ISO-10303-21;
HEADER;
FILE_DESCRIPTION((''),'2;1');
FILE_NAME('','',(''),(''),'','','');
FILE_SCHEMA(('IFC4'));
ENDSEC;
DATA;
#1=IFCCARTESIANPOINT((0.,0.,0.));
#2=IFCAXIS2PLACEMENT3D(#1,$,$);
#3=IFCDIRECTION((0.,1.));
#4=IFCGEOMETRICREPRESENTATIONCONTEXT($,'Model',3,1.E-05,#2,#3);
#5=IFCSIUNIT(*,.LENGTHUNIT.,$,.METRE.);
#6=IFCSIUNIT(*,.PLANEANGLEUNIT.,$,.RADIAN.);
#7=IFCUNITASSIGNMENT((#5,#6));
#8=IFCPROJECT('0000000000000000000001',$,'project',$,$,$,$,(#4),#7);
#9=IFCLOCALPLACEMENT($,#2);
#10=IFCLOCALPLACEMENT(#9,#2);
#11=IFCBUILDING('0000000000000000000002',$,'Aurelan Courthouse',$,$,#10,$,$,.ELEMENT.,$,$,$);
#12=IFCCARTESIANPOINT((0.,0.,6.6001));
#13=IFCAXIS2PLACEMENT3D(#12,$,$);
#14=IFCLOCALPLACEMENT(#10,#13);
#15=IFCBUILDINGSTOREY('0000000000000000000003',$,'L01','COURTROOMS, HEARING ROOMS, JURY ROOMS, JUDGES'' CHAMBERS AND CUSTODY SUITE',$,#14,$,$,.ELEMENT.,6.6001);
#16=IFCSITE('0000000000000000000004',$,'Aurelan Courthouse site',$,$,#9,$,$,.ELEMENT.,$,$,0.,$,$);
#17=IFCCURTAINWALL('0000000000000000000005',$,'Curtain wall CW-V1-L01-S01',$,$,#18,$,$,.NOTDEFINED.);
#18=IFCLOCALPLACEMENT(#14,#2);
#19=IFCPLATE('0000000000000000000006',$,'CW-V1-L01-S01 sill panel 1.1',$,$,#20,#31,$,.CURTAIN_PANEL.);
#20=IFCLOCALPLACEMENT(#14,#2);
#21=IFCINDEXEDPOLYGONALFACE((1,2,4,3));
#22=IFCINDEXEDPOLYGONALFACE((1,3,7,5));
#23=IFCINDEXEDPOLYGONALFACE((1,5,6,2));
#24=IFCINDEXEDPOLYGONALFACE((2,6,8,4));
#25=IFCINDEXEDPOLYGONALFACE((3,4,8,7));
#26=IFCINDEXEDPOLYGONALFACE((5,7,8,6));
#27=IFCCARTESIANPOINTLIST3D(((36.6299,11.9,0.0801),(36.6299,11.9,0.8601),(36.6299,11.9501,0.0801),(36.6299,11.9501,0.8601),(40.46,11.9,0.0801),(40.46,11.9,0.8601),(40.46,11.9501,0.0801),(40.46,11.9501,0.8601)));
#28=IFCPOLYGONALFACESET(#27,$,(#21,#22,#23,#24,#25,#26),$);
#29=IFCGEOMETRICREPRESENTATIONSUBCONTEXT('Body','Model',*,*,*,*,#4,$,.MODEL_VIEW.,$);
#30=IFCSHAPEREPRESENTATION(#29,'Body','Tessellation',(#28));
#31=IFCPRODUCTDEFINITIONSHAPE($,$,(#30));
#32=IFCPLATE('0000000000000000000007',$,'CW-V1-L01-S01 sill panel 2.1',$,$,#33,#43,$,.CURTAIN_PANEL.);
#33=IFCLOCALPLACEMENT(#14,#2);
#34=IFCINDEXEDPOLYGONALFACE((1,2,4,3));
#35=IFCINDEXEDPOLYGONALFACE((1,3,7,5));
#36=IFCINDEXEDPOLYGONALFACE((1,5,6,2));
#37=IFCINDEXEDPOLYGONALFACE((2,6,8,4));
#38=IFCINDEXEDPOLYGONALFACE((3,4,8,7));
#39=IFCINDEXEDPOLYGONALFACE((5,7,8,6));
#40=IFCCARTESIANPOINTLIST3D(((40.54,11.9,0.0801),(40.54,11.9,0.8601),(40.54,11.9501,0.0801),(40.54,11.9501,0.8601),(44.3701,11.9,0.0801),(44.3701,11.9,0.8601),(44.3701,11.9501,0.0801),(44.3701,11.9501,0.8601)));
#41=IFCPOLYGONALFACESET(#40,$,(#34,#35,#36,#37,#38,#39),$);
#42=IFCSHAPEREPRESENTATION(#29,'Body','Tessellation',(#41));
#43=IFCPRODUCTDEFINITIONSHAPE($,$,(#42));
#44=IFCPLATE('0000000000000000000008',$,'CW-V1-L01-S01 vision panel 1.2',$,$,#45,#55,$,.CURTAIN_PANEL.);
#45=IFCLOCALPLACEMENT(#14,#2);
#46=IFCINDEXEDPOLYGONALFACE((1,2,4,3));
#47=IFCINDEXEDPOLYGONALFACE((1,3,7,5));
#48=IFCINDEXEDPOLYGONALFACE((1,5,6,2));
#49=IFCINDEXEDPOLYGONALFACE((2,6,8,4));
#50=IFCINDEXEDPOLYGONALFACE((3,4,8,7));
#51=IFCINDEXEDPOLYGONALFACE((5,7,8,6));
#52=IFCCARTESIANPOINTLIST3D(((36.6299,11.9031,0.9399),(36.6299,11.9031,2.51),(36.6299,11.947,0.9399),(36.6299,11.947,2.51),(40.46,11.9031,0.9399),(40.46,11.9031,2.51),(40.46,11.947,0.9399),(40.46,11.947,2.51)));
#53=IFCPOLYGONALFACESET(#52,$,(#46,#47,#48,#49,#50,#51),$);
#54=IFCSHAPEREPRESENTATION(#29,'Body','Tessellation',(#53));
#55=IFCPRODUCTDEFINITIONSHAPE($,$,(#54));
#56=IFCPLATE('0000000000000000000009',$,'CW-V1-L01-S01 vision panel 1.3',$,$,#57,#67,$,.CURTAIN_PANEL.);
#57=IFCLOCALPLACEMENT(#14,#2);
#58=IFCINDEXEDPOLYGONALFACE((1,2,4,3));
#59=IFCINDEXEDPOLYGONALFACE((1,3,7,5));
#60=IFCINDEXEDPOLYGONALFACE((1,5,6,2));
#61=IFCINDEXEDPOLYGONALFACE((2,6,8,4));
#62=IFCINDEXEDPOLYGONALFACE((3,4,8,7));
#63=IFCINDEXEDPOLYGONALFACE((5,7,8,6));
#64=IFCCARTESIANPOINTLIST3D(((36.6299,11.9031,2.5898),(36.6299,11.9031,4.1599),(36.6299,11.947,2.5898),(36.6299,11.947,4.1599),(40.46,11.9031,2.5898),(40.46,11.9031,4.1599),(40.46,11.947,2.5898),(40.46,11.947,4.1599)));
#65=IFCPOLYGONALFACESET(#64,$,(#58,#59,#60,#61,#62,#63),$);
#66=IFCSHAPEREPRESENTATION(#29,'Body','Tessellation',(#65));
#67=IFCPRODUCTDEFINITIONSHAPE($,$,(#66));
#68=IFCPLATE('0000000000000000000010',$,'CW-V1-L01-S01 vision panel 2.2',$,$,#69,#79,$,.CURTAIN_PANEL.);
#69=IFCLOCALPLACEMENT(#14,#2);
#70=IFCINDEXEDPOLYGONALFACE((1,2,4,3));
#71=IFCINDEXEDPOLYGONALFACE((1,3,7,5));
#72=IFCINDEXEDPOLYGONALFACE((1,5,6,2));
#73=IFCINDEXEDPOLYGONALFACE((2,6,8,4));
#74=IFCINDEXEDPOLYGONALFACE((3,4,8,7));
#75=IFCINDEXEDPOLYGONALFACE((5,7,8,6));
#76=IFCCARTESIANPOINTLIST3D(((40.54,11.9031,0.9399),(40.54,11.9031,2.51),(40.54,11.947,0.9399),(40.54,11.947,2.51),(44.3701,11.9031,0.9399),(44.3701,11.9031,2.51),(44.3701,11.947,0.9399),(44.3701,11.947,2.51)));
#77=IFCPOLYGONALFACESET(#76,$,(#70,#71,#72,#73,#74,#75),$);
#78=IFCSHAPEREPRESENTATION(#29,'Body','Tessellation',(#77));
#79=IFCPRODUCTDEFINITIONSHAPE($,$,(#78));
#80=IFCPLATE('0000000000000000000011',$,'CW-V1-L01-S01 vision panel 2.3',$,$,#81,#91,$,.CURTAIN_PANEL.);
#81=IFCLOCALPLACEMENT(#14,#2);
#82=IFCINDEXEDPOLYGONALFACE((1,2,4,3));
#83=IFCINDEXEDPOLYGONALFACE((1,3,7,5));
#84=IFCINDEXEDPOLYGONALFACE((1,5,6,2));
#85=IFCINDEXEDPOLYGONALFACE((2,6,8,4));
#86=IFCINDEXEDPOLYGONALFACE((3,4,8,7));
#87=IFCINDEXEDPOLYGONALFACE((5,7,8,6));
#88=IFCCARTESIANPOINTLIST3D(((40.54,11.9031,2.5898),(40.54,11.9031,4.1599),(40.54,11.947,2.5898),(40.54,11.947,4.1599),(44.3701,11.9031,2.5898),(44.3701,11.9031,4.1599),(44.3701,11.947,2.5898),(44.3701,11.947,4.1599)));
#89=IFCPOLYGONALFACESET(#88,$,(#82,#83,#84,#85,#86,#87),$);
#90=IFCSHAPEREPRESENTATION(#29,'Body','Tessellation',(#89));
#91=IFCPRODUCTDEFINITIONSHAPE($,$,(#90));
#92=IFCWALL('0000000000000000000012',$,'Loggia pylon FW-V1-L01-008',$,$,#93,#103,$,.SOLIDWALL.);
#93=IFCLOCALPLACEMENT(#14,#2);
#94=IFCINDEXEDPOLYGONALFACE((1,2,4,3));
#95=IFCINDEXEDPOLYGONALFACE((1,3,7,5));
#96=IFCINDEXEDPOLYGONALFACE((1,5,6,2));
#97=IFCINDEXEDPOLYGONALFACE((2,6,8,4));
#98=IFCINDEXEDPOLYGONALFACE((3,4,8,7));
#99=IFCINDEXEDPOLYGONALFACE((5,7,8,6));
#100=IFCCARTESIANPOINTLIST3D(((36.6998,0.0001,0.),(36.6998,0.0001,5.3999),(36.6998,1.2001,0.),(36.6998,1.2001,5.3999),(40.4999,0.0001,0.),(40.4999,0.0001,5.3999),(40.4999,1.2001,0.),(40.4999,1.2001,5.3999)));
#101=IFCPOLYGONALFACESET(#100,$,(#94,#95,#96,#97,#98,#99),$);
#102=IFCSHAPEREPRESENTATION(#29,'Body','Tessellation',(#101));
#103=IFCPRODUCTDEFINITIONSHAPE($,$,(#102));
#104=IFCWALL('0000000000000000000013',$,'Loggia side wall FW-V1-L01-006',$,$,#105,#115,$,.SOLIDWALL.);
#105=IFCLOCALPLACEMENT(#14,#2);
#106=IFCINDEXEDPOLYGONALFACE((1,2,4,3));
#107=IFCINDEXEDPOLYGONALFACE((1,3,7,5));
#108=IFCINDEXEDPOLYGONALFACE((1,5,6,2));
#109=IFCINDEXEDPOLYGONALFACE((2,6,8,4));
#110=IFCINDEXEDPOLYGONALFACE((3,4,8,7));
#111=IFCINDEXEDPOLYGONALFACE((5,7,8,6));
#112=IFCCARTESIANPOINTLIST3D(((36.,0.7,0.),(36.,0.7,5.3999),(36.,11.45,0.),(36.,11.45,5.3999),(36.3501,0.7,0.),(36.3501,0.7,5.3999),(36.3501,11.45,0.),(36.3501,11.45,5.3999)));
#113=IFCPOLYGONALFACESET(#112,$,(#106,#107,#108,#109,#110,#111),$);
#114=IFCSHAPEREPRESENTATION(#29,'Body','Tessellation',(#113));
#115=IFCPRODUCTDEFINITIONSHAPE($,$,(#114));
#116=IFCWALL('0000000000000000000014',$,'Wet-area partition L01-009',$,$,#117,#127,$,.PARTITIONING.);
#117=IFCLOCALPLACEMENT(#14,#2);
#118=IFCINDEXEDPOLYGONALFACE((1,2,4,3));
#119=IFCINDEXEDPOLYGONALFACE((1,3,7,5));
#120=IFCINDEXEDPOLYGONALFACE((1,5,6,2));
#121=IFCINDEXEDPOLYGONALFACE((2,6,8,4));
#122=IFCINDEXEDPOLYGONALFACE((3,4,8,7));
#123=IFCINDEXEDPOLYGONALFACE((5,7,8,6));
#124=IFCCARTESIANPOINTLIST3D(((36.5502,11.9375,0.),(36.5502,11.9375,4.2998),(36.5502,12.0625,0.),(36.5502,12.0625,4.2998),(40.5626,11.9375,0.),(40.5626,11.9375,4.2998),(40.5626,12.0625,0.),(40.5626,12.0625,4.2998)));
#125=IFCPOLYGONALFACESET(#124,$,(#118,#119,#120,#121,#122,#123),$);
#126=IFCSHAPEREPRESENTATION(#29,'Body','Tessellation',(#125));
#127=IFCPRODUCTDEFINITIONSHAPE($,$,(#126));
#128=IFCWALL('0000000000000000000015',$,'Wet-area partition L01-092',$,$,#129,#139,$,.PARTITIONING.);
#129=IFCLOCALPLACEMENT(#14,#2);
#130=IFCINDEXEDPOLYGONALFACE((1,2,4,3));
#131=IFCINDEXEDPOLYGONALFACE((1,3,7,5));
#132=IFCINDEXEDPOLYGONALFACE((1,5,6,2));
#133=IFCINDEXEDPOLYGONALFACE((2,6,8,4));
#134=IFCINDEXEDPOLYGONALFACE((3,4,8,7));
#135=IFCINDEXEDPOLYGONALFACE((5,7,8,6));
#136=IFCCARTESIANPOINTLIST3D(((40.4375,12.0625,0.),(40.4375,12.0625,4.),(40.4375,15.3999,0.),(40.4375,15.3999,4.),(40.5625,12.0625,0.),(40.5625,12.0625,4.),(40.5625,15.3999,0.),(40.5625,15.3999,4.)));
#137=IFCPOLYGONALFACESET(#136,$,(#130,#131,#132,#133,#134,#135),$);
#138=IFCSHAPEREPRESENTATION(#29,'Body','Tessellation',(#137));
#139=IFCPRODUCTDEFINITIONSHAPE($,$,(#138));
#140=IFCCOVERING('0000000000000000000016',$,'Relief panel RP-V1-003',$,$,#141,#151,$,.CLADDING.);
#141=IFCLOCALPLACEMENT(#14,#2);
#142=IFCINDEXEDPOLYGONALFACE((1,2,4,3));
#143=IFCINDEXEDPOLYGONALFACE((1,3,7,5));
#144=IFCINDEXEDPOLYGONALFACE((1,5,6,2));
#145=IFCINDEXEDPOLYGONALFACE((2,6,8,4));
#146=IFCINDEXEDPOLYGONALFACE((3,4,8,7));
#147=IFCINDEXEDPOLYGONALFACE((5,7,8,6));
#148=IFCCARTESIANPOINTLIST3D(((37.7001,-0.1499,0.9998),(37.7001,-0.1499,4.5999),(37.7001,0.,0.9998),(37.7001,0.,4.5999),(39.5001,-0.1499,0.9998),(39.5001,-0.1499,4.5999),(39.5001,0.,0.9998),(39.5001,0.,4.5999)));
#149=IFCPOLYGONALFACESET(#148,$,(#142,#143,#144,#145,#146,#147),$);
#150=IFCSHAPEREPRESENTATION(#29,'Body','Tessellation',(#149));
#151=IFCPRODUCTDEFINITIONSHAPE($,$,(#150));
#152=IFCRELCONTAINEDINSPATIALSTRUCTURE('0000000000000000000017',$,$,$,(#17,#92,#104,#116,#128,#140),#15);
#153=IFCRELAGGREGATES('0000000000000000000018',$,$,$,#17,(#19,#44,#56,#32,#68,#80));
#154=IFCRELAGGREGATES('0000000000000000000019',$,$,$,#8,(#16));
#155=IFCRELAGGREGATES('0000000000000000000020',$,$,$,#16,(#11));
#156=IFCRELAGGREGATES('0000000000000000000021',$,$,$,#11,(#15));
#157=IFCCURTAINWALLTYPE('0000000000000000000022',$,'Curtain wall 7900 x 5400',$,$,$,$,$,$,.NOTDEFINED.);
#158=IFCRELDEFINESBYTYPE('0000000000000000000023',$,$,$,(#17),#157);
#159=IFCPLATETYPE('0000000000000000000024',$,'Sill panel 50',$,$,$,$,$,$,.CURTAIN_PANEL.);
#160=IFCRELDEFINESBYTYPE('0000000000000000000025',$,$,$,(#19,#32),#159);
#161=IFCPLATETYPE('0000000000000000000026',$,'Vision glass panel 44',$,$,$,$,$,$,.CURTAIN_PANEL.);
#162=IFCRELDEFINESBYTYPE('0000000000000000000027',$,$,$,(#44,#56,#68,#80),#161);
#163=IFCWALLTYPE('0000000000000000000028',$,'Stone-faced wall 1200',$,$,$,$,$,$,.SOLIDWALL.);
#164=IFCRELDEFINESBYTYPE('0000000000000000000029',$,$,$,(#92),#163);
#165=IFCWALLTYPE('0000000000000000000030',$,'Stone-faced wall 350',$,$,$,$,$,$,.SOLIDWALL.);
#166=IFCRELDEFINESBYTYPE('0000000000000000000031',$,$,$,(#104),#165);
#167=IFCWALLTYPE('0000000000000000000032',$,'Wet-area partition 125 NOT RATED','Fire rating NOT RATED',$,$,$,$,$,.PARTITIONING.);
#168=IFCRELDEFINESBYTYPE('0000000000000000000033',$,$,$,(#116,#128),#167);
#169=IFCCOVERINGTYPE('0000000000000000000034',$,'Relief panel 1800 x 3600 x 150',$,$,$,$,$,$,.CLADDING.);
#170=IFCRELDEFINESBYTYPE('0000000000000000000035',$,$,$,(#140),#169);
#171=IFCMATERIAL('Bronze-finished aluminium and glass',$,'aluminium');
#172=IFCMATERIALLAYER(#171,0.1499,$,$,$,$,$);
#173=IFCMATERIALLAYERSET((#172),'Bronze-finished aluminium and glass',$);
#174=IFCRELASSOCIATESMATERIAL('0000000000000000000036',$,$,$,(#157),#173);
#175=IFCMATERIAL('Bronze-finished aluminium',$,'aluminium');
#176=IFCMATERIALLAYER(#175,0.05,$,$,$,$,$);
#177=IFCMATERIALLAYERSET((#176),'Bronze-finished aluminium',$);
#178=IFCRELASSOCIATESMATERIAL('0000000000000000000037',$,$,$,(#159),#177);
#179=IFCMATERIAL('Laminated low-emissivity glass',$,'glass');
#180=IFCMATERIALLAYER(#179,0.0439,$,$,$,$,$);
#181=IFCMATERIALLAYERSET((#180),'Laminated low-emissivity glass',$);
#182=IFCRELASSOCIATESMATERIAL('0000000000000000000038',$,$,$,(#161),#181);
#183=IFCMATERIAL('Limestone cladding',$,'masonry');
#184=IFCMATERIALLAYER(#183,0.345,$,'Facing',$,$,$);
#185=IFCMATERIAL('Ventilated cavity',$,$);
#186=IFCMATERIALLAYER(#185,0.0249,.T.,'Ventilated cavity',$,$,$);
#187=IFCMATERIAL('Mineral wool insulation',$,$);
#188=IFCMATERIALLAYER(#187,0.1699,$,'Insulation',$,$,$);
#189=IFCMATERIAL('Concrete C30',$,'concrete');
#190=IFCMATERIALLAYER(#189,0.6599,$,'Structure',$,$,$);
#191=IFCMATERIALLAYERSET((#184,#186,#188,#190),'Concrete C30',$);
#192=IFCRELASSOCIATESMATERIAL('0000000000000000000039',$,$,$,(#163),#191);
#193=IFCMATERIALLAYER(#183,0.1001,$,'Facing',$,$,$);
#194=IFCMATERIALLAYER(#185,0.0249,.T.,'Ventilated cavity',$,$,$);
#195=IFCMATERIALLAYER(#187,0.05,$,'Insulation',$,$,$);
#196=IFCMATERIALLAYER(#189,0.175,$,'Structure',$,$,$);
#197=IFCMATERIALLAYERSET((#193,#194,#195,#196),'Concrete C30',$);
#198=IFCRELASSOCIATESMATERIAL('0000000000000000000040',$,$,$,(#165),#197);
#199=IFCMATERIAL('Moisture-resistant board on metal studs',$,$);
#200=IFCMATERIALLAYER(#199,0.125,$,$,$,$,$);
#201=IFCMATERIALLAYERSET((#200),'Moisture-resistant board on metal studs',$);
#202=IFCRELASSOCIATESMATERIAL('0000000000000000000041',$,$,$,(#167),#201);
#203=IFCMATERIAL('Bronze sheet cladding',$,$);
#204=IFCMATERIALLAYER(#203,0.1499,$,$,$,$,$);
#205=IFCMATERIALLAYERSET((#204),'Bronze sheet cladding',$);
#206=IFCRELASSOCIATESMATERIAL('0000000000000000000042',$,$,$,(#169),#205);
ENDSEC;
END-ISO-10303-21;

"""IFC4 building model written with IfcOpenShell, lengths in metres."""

from ifc_helpers import new_model, si_unit, direction, frame, frame_2d, origin, origin_2d, place, context, subcontext, project, spatial, rectangle, extrude, material, layer, layer_set, type_object, element, aggregate, save


model = new_model("IFC4")

# Units and contexts
model_context = context("Model", 3, precision=1e-05, world=origin(), true_north=direction((0.0, 1.0)))
body_context = subcontext(model_context, "Body", "Model", "MODEL_VIEW")
ifc_project = project(units=[si_unit("LENGTHUNIT", "METRE"), si_unit("PLANEANGLEUNIT", "RADIAN")], contexts=[model_context])

# Site, building, storey
site_placement = place(None, origin())
site = spatial("IfcSite", under=ifc_project, at=site_placement, Name="Aurelan Courthouse site", CompositionType="ELEMENT", RefElevation=0.0)
building_placement = place(site_placement, origin())
building = spatial("IfcBuilding", under=site, at=building_placement, Name="Aurelan Courthouse", CompositionType="ELEMENT")
storey_placement = place(building_placement, frame((0.0, 0.0, 6.6001)))
storey = spatial("IfcBuildingStorey", under=building, at=storey_placement, Name="L01", Description="COURTROOMS, HEARING ROOMS, JURY ROOMS, JUDGES' CHAMBERS AND CUSTODY SUITE", CompositionType="ELEMENT", Elevation=6.6001)

# Curtain wall
ifc_material_1 = material(Name="Bronze-finished aluminium and glass", Category="aluminium")
ifc_layer_1 = layer(ifc_material_1, 0.1499)
ifc_layer_set_1 = layer_set([ifc_layer_1], Name="Bronze-finished aluminium and glass")
curtain_wall_type = type_object("IfcCurtainWallType", Name="Curtain wall 7900 x 5400", PredefinedType="NOTDEFINED", material=ifc_layer_set_1)
curtain_wall_1_placement = place(storey_placement, origin())
curtain_wall_1 = element("IfcCurtainWall", 1, at=curtain_wall_1_placement, inside=storey, type_object=curtain_wall_type, Name="Curtain wall CW-V1-L01-S01", PredefinedType="NOTDEFINED")
ifc_material_2 = material(Name="Bronze-finished aluminium", Category="aluminium")

# Plates
ifc_material_3 = material(Name="Limestone cladding", Category="masonry")
ifc_layer_2 = layer(ifc_material_2, 0.05)
ifc_layer_set_2 = layer_set([ifc_layer_2], Name="Bronze-finished aluminium")
plate_type_1 = type_object("IfcPlateType", Name="Sill panel 50", PredefinedType="CURTAIN_PANEL", material=ifc_layer_set_2)
plate_1_placement = place(storey_placement, frame((38.5449, 11.925, 0.0801), z_axis=(0.0, 0.0, 1.0), x_axis=(1.0, 0.0, 0.0)))
plate_1 = element("IfcPlate", 2, at=plate_1_placement, type_object=plate_type_1, Name="CW-V1-L01-S01 sill panel 1.1", PredefinedType="CURTAIN_PANEL", context=body_context, shape_type="SweptSolid", body=[
    extrude(rectangle(XDim=3.8301, YDim=0.05, at=origin_2d()), origin(), (0.0, 0.0, 1.0), 0.78),
])
plate_2_placement = place(storey_placement, frame((42.4551, 11.925, 0.0801), z_axis=(0.0, 0.0, 1.0), x_axis=(1.0, 0.0, 0.0)))
plate_2 = element("IfcPlate", 3, at=plate_2_placement, type_object=plate_type_1, Name="CW-V1-L01-S01 sill panel 2.1", PredefinedType="CURTAIN_PANEL", context=body_context, shape_type="SweptSolid", body=[
    extrude(rectangle(XDim=3.8301, YDim=0.05, at=origin_2d()), origin(), (0.0, 0.0, 1.0), 0.78),
])
ifc_material_4 = material(Name="Laminated low-emissivity glass", Category="glass")
ifc_layer_3 = layer(ifc_material_4, 0.0439)
ifc_layer_set_3 = layer_set([ifc_layer_3], Name="Laminated low-emissivity glass")
plate_type_2 = type_object("IfcPlateType", Name="Vision glass panel 44", PredefinedType="CURTAIN_PANEL", material=ifc_layer_set_3)
plate_3_placement = place(storey_placement, frame((38.5449, 11.925, 0.9399), z_axis=(0.0, 0.0, 1.0), x_axis=(1.0, 0.0, 0.0)))
plate_3 = element("IfcPlate", 4, at=plate_3_placement, type_object=plate_type_2, Name="CW-V1-L01-S01 vision panel 1.2", PredefinedType="CURTAIN_PANEL", context=body_context, shape_type="SweptSolid", body=[
    extrude(rectangle(XDim=3.8301, YDim=0.0439, at=origin_2d()), origin(), (0.0, 0.0, 1.0), 1.5701),
])
plate_4_placement = place(storey_placement, frame((38.5449, 11.925, 2.5898), z_axis=(0.0, 0.0, 1.0), x_axis=(1.0, 0.0, 0.0)))
plate_4 = element("IfcPlate", 5, at=plate_4_placement, type_object=plate_type_2, Name="CW-V1-L01-S01 vision panel 1.3", PredefinedType="CURTAIN_PANEL", context=body_context, shape_type="SweptSolid", body=[
    extrude(rectangle(XDim=3.8301, YDim=0.0439, at=origin_2d()), origin(), (0.0, 0.0, 1.0), 1.5701),
])
plate_5_placement = place(storey_placement, frame((42.4551, 11.925, 0.9399), z_axis=(0.0, 0.0, 1.0), x_axis=(1.0, 0.0, 0.0)))
plate_5 = element("IfcPlate", 6, at=plate_5_placement, type_object=plate_type_2, Name="CW-V1-L01-S01 vision panel 2.2", PredefinedType="CURTAIN_PANEL", context=body_context, shape_type="SweptSolid", body=[
    extrude(rectangle(XDim=3.8301, YDim=0.0439, at=origin_2d()), origin(), (0.0, 0.0, 1.0), 1.5701),
])
plate_6_placement = place(storey_placement, frame((42.4551, 11.925, 2.5898), z_axis=(0.0, 0.0, 1.0), x_axis=(1.0, 0.0, 0.0)))
plate_6 = element("IfcPlate", 7, at=plate_6_placement, type_object=plate_type_2, Name="CW-V1-L01-S01 vision panel 2.3", PredefinedType="CURTAIN_PANEL", context=body_context, shape_type="SweptSolid", body=[
    extrude(rectangle(XDim=3.8301, YDim=0.0439, at=origin_2d()), origin(), (0.0, 0.0, 1.0), 1.5701),
])
aggregate(curtain_wall_1, [plate_1, plate_3, plate_4, plate_2, plate_5, plate_6])

# Walls
ifc_layer_4 = layer(ifc_material_3, 0.345, Name="Facing")
ifc_material_5 = material(Name="Ventilated cavity")
ifc_layer_5 = layer(ifc_material_5, 0.0249, ventilated=True, Name="Ventilated cavity")
ifc_material_6 = material(Name="Mineral wool insulation")
ifc_layer_6 = layer(ifc_material_6, 0.1699, Name="Insulation")
ifc_material_7 = material(Name="Concrete C30", Category="concrete")
ifc_layer_7 = layer(ifc_material_7, 0.6599, Name="Structure")
ifc_layer_set_4 = layer_set([ifc_layer_4, ifc_layer_5, ifc_layer_6, ifc_layer_7], Name="Concrete C30")
wall_type_1 = type_object("IfcWallType", Name="Stone-faced wall 1200", PredefinedType="SOLIDWALL", material=ifc_layer_set_4)
wall_1_placement = place(storey_placement, frame((36.7, 0.6001, 0.0), z_axis=(0.0, 0.0, 1.0), x_axis=(1.0, 0.0, 0.0)))
element("IfcWall", 8, at=wall_1_placement, inside=storey, type_object=wall_type_1, Name="Loggia pylon FW-V1-L01-008", PredefinedType="SOLIDWALL", context=body_context, shape_type="SweptSolid", body=[
    extrude(rectangle(XDim=3.8, YDim=1.2, at=frame_2d((1.8999, 0.0))), origin(), (0.0, 0.0, 1.0), 5.3999),
])
ifc_layer_8 = layer(ifc_material_3, 0.1001, Name="Facing")
ifc_layer_9 = layer(ifc_material_5, 0.0249, ventilated=True, Name="Ventilated cavity")
ifc_layer_10 = layer(ifc_material_6, 0.05, Name="Insulation")
ifc_layer_11 = layer(ifc_material_7, 0.175, Name="Structure")
ifc_layer_set_5 = layer_set([ifc_layer_8, ifc_layer_9, ifc_layer_10, ifc_layer_11], Name="Concrete C30")
wall_type_2 = type_object("IfcWallType", Name="Stone-faced wall 350", PredefinedType="SOLIDWALL", material=ifc_layer_set_5)
wall_2_placement = place(storey_placement, frame((36.175, 0.7, 0.0), z_axis=(0.0, 0.0, 1.0), x_axis=(0.0, 1.0, 0.0)))
element("IfcWall", 9, at=wall_2_placement, inside=storey, type_object=wall_type_2, Name="Loggia side wall FW-V1-L01-006", PredefinedType="SOLIDWALL", context=body_context, shape_type="SweptSolid", body=[
    extrude(rectangle(XDim=10.75, YDim=0.3501, at=frame_2d((5.375, 0.0))), origin(), (0.0, 0.0, 1.0), 5.3999),
])
ifc_material_8 = material(Name="Moisture-resistant board on metal studs")
ifc_layer_12 = layer(ifc_material_8, 0.125)
ifc_layer_set_6 = layer_set([ifc_layer_12], Name="Moisture-resistant board on metal studs")
wall_type_3 = type_object("IfcWallType", Name="Wet-area partition 125 NOT RATED", Description="Fire rating NOT RATED", PredefinedType="PARTITIONING", material=ifc_layer_set_6)
wall_3_placement = place(storey_placement, frame((36.55, 12.0, 0.0), z_axis=(0.0, 0.0, 1.0), x_axis=(1.0, 0.0, 0.0)))
element("IfcWall", 10, at=wall_3_placement, inside=storey, type_object=wall_type_3, Name="Wet-area partition L01-009", PredefinedType="PARTITIONING", context=body_context, shape_type="SweptSolid", body=[
    extrude(rectangle(XDim=4.0125, YDim=0.125, at=frame_2d((2.0063, 0.0))), origin(), (0.0, 0.0, 1.0), 4.2998),
])
wall_4_placement = place(storey_placement, frame((40.5, 12.0625, 0.0), z_axis=(0.0, 0.0, 1.0), x_axis=(0.0, 1.0, 0.0)))
element("IfcWall", 11, at=wall_4_placement, inside=storey, type_object=wall_type_3, Name="Wet-area partition L01-092", PredefinedType="PARTITIONING", context=body_context, shape_type="SweptSolid", body=[
    extrude(rectangle(XDim=3.3374, YDim=0.125, at=frame_2d((1.6687, 0.0))), origin(), (0.0, 0.0, 1.0), 4.0),
])

# Covering
ifc_material_9 = material(Name="Bronze sheet cladding")
ifc_layer_13 = layer(ifc_material_9, 0.1499)
ifc_layer_set_7 = layer_set([ifc_layer_13], Name="Bronze sheet cladding")
covering_type = type_object("IfcCoveringType", Name="Relief panel 1800 x 3600 x 150", PredefinedType="CLADDING", material=ifc_layer_set_7)
covering_placement = place(storey_placement, frame((38.6001, -0.075, 0.9998), z_axis=(0.0, 0.0, 1.0), x_axis=(1.0, 0.0, 0.0)))
element("IfcCovering", 12, at=covering_placement, inside=storey, type_object=covering_type, Name="Relief panel RP-V1-003", PredefinedType="CLADDING", context=body_context, shape_type="SweptSolid", body=[
    extrude(rectangle(XDim=1.8, YDim=0.1499, at=origin_2d()), origin(), (0.0, 0.0, 1.0), 3.6001),
])

save(model, "model.ifc")
